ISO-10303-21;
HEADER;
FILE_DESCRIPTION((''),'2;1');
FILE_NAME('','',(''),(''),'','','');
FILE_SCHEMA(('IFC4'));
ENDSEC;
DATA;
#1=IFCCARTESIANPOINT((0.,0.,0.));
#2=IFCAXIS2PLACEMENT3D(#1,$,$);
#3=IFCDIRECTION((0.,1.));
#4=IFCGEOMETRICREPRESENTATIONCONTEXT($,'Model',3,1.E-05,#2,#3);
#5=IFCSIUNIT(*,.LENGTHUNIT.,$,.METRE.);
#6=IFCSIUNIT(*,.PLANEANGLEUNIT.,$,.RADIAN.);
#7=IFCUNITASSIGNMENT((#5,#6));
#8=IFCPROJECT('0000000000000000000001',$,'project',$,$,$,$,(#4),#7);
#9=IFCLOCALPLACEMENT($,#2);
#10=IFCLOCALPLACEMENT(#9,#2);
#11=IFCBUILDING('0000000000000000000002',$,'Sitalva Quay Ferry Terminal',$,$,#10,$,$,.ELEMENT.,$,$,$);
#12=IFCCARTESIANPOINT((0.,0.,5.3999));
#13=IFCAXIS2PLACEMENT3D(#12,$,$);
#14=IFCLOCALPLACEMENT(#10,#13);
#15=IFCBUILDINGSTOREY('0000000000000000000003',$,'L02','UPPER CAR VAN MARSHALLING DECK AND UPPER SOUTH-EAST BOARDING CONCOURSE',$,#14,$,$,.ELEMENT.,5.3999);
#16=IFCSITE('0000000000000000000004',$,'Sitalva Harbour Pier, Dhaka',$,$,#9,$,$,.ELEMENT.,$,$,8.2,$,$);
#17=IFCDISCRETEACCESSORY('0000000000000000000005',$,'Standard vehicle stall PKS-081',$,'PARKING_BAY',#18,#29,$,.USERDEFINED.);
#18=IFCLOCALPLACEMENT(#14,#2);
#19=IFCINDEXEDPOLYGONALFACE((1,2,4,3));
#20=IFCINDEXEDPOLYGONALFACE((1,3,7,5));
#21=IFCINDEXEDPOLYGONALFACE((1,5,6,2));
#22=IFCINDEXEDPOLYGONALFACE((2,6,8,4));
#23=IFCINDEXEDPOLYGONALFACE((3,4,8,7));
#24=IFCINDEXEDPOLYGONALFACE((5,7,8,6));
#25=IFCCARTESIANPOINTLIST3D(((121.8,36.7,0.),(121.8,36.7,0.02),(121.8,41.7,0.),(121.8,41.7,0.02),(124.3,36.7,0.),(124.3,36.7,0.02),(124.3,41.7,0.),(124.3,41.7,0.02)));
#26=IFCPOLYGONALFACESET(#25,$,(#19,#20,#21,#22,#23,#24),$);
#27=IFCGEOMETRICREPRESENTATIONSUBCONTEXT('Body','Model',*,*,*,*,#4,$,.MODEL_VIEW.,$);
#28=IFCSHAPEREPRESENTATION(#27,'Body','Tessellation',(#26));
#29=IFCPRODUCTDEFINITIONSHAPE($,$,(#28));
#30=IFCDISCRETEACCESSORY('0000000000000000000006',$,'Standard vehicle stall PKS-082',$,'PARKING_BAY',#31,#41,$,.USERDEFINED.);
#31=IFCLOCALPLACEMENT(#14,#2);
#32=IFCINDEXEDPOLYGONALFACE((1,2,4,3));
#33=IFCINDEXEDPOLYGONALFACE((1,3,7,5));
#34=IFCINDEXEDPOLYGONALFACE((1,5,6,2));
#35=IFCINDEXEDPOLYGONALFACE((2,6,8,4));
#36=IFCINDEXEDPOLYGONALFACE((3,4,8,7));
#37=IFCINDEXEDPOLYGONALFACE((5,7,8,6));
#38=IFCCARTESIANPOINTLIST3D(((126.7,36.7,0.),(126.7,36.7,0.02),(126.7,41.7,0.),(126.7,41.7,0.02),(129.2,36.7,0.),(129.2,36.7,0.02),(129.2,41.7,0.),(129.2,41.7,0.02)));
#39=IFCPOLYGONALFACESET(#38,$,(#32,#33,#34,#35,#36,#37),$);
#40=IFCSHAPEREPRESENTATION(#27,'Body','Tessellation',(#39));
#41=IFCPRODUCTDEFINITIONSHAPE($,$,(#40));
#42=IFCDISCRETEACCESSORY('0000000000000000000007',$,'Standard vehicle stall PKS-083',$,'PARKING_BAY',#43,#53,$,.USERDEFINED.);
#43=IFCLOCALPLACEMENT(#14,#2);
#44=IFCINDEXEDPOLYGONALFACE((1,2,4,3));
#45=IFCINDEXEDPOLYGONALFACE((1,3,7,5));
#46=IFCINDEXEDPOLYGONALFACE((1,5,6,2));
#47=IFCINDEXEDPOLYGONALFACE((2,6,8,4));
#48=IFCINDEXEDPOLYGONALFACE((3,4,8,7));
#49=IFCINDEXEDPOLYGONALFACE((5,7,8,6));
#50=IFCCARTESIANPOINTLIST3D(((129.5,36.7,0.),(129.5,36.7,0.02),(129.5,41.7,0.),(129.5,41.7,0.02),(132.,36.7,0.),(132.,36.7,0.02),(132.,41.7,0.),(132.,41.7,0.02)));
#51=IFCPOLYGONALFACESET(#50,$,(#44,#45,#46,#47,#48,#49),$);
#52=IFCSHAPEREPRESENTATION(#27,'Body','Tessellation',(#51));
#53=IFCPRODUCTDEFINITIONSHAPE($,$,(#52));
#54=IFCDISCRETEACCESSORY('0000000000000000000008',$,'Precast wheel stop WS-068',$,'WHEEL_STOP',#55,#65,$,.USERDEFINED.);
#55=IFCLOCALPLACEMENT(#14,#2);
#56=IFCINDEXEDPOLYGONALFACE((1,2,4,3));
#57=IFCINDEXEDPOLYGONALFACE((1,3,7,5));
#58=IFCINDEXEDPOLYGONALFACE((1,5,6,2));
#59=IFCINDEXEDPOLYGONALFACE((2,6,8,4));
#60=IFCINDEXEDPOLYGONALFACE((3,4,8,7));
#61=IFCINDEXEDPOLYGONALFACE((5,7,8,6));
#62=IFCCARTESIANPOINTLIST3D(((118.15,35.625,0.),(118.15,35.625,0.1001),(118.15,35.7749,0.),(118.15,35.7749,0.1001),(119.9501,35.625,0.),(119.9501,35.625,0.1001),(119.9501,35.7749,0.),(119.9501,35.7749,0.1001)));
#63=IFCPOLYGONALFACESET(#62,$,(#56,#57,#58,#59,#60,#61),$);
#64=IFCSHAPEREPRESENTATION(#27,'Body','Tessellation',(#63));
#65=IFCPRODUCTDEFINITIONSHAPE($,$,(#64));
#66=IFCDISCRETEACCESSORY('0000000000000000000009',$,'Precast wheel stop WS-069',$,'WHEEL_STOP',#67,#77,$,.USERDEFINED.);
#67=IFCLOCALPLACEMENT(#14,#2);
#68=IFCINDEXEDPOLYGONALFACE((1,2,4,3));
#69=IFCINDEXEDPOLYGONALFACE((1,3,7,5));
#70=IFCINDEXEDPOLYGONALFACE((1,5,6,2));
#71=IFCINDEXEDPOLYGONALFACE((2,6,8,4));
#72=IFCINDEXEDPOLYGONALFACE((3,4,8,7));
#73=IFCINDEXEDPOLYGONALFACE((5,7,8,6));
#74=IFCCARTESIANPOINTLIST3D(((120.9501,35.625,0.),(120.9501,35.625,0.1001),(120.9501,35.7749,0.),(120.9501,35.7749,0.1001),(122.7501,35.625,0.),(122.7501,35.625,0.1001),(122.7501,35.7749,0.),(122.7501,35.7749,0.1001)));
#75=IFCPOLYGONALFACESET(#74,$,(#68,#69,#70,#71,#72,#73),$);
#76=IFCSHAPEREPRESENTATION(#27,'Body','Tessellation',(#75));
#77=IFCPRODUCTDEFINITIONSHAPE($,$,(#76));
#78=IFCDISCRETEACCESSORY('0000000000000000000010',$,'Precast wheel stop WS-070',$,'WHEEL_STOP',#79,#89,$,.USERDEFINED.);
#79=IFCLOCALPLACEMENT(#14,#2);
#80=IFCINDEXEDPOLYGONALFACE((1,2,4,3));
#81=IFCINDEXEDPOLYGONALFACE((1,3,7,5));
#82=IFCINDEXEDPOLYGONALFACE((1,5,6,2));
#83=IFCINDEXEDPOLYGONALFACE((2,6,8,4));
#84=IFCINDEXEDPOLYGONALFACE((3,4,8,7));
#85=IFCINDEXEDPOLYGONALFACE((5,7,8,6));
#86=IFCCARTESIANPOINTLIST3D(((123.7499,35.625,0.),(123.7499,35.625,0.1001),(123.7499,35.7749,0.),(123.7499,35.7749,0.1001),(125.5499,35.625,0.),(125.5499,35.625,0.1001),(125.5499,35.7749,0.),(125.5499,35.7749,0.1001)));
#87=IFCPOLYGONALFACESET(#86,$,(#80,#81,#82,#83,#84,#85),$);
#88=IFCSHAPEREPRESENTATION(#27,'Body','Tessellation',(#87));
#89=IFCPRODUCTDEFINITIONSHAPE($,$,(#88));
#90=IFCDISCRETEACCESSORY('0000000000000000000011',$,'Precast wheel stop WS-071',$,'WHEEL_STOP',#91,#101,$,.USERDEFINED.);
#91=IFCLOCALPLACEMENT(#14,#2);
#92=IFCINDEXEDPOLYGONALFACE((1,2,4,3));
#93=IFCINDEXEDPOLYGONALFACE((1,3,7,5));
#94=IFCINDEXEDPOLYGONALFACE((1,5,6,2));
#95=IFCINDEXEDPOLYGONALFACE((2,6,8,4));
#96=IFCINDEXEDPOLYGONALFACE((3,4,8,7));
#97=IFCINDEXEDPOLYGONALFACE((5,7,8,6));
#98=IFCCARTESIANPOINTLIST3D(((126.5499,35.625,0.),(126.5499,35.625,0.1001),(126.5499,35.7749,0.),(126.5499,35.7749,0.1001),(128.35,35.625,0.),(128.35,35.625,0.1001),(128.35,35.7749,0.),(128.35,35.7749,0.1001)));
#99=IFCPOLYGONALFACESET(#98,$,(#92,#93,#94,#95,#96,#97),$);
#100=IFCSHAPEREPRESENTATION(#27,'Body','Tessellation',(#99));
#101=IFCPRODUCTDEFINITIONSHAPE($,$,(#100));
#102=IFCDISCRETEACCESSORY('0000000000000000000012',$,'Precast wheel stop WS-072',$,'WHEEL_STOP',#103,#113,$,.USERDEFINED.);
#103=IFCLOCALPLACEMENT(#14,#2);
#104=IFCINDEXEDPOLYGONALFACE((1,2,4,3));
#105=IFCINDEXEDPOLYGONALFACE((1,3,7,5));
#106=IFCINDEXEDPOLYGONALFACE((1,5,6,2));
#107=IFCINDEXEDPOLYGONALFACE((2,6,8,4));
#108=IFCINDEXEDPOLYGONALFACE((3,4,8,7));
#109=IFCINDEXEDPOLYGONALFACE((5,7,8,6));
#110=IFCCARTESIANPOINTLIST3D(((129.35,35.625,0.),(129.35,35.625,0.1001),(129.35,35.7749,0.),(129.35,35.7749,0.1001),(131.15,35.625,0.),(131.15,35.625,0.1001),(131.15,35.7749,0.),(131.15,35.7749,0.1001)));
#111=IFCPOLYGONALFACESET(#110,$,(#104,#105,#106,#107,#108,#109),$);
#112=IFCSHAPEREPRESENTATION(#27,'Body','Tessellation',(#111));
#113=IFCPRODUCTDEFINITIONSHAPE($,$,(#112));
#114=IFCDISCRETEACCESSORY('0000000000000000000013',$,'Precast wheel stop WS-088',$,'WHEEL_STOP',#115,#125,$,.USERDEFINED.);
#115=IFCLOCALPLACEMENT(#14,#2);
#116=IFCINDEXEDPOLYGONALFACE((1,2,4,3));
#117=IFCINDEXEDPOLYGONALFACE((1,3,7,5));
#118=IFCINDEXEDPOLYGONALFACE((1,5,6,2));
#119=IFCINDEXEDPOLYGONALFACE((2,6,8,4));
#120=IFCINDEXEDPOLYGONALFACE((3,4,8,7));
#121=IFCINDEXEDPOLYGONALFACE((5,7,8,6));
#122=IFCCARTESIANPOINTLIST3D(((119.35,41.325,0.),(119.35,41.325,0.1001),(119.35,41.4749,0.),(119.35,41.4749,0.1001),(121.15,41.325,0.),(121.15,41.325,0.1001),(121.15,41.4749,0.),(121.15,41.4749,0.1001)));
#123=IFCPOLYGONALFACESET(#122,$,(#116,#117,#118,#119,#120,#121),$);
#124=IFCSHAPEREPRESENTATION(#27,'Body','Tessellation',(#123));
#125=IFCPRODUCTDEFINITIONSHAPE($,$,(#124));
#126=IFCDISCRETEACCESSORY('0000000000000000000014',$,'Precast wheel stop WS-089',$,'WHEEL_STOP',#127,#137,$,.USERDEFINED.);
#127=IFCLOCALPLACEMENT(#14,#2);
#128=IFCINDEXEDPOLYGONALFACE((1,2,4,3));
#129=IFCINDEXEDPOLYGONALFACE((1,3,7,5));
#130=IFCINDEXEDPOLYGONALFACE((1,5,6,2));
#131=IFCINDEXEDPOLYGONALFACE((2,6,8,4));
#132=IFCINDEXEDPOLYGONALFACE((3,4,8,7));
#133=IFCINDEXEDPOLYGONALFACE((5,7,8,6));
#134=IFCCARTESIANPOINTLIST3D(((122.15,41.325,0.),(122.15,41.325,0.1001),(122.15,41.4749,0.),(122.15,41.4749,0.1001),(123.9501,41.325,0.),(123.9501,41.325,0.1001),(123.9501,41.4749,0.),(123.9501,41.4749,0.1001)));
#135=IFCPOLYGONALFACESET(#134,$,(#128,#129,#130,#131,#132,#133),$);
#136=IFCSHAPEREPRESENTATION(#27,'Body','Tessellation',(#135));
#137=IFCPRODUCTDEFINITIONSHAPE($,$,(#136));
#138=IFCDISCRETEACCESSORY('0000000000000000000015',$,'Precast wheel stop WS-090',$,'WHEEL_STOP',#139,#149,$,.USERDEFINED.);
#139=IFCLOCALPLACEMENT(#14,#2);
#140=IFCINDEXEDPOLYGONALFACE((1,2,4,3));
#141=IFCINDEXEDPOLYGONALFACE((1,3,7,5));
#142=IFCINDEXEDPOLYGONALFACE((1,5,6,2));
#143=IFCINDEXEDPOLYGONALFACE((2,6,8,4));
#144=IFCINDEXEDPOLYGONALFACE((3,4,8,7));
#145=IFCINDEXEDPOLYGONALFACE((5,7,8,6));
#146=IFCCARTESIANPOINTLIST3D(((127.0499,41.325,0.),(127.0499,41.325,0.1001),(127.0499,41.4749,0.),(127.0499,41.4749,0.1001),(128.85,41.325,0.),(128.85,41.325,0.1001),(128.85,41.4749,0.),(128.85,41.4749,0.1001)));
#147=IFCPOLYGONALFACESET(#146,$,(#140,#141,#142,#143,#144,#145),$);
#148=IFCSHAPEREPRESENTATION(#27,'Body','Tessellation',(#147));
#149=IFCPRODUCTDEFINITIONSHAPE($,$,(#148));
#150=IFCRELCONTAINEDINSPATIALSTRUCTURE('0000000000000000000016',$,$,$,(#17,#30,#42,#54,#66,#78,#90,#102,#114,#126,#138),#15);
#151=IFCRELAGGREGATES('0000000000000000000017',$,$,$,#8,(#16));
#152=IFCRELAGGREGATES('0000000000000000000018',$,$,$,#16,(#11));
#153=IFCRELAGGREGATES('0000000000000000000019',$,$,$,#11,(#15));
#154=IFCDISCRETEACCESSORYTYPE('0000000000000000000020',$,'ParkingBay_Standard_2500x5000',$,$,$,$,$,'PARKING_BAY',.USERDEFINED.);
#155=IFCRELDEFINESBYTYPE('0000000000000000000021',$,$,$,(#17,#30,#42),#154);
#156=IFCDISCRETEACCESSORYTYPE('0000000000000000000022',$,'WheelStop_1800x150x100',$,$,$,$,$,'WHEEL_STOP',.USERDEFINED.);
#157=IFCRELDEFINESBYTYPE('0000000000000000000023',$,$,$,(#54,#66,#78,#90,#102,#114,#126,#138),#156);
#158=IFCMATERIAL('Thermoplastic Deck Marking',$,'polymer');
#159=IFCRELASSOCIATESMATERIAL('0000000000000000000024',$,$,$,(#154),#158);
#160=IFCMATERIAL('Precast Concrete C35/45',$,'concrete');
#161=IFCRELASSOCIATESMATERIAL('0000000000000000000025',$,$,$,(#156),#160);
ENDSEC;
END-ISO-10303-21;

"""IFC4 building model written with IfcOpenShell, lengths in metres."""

from ifc_helpers import new_model, si_unit, direction, frame, origin, origin_2d, place, context, subcontext, project, spatial, rectangle, extrude, material, type_object, element, save


model = new_model("IFC4")

# Units and contexts
model_context = context("Model", 3, precision=1e-05, world=origin(), true_north=direction((0.0, 1.0)))
body_context = subcontext(model_context, "Body", "Model", "MODEL_VIEW")
ifc_project = project(units=[si_unit("LENGTHUNIT", "METRE"), si_unit("PLANEANGLEUNIT", "RADIAN")], contexts=[model_context])

# Site, building, storey
site_placement = place(None, origin())
site = spatial("IfcSite", under=ifc_project, at=site_placement, Name="Sitalva Harbour Pier, Dhaka", CompositionType="ELEMENT", RefElevation=8.2)
building_placement = place(site_placement, origin())
building = spatial("IfcBuilding", under=site, at=building_placement, Name="Sitalva Quay Ferry Terminal", CompositionType="ELEMENT")
storey_placement = place(building_placement, frame((0.0, 0.0, 5.3999)))
storey = spatial("IfcBuildingStorey", under=building, at=storey_placement, Name="L02", Description="UPPER CAR VAN MARSHALLING DECK AND UPPER SOUTH-EAST BOARDING CONCOURSE", CompositionType="ELEMENT", Elevation=5.3999)

# Discrete accessories
ifc_material_1 = material(Name="Thermoplastic Deck Marking", Category="polymer")
discrete_accessory_type_1 = type_object("IfcDiscreteAccessoryType", Name="ParkingBay_Standard_2500x5000", ElementType="PARKING_BAY", PredefinedType="USERDEFINED", material=ifc_material_1)
for number, where, z_axis, x_axis, name in (
    (1, (123.05, 39.2, 0.0), (0.0, 0.0, 1.0), (1.0, 0.0, 0.0), "Standard vehicle stall PKS-081"),
    (2, (127.95, 39.2, 0.0), (0.0, 0.0, 1.0), (1.0, 0.0, 0.0), "Standard vehicle stall PKS-082"),
    (3, (130.75, 39.2, 0.0), (0.0, 0.0, 1.0), (1.0, 0.0, 0.0), "Standard vehicle stall PKS-083"),
):
    element("IfcDiscreteAccessory", number, at=place(storey_placement, frame(where, z_axis=z_axis, x_axis=x_axis)), inside=storey, type_object=discrete_accessory_type_1, Name=name, ObjectType="PARKING_BAY", PredefinedType="USERDEFINED", context=body_context, shape_type="SweptSolid", body=[
        extrude(rectangle(XDim=2.5, YDim=5.0, at=origin_2d()), origin(), (0.0, 0.0, 1.0), 0.02),
    ])
ifc_material_2 = material(Name="Precast Concrete C35/45", Category="concrete")
discrete_accessory_type_2 = type_object("IfcDiscreteAccessoryType", Name="WheelStop_1800x150x100", ElementType="WHEEL_STOP", PredefinedType="USERDEFINED", material=ifc_material_2)
for number, where, z_axis, x_axis, name in (
    (4, (119.05, 35.7, 0.0), (0.0, 0.0, 1.0), (1.0, 0.0, 0.0), "Precast wheel stop WS-068"),
    (5, (121.8501, 35.7, 0.0), (0.0, 0.0, 1.0), (1.0, 0.0, 0.0), "Precast wheel stop WS-069"),
    (6, (124.6499, 35.7, 0.0), (0.0, 0.0, 1.0), (1.0, 0.0, 0.0), "Precast wheel stop WS-070"),
    (7, (127.45, 35.7, 0.0), (0.0, 0.0, 1.0), (1.0, 0.0, 0.0), "Precast wheel stop WS-071"),
    (8, (130.25, 35.7, 0.0), (0.0, 0.0, 1.0), (1.0, 0.0, 0.0), "Precast wheel stop WS-072"),
    (9, (120.25, 41.3999, 0.0), (0.0, 0.0, 1.0), (1.0, 0.0, 0.0), "Precast wheel stop WS-088"),
    (10, (123.05, 41.3999, 0.0), (0.0, 0.0, 1.0), (1.0, 0.0, 0.0), "Precast wheel stop WS-089"),
    (11, (127.95, 41.3999, 0.0), (0.0, 0.0, 1.0), (1.0, 0.0, 0.0), "Precast wheel stop WS-090"),
):
    element("IfcDiscreteAccessory", number, at=place(storey_placement, frame(where, z_axis=z_axis, x_axis=x_axis)), inside=storey, type_object=discrete_accessory_type_2, Name=name, ObjectType="WHEEL_STOP", PredefinedType="USERDEFINED", context=body_context, shape_type="SweptSolid", body=[
        extrude(rectangle(XDim=1.8, YDim=0.1499, at=origin_2d()), origin(), (0.0, 0.0, 1.0), 0.1001),
    ])

save(model, "model.ifc")
